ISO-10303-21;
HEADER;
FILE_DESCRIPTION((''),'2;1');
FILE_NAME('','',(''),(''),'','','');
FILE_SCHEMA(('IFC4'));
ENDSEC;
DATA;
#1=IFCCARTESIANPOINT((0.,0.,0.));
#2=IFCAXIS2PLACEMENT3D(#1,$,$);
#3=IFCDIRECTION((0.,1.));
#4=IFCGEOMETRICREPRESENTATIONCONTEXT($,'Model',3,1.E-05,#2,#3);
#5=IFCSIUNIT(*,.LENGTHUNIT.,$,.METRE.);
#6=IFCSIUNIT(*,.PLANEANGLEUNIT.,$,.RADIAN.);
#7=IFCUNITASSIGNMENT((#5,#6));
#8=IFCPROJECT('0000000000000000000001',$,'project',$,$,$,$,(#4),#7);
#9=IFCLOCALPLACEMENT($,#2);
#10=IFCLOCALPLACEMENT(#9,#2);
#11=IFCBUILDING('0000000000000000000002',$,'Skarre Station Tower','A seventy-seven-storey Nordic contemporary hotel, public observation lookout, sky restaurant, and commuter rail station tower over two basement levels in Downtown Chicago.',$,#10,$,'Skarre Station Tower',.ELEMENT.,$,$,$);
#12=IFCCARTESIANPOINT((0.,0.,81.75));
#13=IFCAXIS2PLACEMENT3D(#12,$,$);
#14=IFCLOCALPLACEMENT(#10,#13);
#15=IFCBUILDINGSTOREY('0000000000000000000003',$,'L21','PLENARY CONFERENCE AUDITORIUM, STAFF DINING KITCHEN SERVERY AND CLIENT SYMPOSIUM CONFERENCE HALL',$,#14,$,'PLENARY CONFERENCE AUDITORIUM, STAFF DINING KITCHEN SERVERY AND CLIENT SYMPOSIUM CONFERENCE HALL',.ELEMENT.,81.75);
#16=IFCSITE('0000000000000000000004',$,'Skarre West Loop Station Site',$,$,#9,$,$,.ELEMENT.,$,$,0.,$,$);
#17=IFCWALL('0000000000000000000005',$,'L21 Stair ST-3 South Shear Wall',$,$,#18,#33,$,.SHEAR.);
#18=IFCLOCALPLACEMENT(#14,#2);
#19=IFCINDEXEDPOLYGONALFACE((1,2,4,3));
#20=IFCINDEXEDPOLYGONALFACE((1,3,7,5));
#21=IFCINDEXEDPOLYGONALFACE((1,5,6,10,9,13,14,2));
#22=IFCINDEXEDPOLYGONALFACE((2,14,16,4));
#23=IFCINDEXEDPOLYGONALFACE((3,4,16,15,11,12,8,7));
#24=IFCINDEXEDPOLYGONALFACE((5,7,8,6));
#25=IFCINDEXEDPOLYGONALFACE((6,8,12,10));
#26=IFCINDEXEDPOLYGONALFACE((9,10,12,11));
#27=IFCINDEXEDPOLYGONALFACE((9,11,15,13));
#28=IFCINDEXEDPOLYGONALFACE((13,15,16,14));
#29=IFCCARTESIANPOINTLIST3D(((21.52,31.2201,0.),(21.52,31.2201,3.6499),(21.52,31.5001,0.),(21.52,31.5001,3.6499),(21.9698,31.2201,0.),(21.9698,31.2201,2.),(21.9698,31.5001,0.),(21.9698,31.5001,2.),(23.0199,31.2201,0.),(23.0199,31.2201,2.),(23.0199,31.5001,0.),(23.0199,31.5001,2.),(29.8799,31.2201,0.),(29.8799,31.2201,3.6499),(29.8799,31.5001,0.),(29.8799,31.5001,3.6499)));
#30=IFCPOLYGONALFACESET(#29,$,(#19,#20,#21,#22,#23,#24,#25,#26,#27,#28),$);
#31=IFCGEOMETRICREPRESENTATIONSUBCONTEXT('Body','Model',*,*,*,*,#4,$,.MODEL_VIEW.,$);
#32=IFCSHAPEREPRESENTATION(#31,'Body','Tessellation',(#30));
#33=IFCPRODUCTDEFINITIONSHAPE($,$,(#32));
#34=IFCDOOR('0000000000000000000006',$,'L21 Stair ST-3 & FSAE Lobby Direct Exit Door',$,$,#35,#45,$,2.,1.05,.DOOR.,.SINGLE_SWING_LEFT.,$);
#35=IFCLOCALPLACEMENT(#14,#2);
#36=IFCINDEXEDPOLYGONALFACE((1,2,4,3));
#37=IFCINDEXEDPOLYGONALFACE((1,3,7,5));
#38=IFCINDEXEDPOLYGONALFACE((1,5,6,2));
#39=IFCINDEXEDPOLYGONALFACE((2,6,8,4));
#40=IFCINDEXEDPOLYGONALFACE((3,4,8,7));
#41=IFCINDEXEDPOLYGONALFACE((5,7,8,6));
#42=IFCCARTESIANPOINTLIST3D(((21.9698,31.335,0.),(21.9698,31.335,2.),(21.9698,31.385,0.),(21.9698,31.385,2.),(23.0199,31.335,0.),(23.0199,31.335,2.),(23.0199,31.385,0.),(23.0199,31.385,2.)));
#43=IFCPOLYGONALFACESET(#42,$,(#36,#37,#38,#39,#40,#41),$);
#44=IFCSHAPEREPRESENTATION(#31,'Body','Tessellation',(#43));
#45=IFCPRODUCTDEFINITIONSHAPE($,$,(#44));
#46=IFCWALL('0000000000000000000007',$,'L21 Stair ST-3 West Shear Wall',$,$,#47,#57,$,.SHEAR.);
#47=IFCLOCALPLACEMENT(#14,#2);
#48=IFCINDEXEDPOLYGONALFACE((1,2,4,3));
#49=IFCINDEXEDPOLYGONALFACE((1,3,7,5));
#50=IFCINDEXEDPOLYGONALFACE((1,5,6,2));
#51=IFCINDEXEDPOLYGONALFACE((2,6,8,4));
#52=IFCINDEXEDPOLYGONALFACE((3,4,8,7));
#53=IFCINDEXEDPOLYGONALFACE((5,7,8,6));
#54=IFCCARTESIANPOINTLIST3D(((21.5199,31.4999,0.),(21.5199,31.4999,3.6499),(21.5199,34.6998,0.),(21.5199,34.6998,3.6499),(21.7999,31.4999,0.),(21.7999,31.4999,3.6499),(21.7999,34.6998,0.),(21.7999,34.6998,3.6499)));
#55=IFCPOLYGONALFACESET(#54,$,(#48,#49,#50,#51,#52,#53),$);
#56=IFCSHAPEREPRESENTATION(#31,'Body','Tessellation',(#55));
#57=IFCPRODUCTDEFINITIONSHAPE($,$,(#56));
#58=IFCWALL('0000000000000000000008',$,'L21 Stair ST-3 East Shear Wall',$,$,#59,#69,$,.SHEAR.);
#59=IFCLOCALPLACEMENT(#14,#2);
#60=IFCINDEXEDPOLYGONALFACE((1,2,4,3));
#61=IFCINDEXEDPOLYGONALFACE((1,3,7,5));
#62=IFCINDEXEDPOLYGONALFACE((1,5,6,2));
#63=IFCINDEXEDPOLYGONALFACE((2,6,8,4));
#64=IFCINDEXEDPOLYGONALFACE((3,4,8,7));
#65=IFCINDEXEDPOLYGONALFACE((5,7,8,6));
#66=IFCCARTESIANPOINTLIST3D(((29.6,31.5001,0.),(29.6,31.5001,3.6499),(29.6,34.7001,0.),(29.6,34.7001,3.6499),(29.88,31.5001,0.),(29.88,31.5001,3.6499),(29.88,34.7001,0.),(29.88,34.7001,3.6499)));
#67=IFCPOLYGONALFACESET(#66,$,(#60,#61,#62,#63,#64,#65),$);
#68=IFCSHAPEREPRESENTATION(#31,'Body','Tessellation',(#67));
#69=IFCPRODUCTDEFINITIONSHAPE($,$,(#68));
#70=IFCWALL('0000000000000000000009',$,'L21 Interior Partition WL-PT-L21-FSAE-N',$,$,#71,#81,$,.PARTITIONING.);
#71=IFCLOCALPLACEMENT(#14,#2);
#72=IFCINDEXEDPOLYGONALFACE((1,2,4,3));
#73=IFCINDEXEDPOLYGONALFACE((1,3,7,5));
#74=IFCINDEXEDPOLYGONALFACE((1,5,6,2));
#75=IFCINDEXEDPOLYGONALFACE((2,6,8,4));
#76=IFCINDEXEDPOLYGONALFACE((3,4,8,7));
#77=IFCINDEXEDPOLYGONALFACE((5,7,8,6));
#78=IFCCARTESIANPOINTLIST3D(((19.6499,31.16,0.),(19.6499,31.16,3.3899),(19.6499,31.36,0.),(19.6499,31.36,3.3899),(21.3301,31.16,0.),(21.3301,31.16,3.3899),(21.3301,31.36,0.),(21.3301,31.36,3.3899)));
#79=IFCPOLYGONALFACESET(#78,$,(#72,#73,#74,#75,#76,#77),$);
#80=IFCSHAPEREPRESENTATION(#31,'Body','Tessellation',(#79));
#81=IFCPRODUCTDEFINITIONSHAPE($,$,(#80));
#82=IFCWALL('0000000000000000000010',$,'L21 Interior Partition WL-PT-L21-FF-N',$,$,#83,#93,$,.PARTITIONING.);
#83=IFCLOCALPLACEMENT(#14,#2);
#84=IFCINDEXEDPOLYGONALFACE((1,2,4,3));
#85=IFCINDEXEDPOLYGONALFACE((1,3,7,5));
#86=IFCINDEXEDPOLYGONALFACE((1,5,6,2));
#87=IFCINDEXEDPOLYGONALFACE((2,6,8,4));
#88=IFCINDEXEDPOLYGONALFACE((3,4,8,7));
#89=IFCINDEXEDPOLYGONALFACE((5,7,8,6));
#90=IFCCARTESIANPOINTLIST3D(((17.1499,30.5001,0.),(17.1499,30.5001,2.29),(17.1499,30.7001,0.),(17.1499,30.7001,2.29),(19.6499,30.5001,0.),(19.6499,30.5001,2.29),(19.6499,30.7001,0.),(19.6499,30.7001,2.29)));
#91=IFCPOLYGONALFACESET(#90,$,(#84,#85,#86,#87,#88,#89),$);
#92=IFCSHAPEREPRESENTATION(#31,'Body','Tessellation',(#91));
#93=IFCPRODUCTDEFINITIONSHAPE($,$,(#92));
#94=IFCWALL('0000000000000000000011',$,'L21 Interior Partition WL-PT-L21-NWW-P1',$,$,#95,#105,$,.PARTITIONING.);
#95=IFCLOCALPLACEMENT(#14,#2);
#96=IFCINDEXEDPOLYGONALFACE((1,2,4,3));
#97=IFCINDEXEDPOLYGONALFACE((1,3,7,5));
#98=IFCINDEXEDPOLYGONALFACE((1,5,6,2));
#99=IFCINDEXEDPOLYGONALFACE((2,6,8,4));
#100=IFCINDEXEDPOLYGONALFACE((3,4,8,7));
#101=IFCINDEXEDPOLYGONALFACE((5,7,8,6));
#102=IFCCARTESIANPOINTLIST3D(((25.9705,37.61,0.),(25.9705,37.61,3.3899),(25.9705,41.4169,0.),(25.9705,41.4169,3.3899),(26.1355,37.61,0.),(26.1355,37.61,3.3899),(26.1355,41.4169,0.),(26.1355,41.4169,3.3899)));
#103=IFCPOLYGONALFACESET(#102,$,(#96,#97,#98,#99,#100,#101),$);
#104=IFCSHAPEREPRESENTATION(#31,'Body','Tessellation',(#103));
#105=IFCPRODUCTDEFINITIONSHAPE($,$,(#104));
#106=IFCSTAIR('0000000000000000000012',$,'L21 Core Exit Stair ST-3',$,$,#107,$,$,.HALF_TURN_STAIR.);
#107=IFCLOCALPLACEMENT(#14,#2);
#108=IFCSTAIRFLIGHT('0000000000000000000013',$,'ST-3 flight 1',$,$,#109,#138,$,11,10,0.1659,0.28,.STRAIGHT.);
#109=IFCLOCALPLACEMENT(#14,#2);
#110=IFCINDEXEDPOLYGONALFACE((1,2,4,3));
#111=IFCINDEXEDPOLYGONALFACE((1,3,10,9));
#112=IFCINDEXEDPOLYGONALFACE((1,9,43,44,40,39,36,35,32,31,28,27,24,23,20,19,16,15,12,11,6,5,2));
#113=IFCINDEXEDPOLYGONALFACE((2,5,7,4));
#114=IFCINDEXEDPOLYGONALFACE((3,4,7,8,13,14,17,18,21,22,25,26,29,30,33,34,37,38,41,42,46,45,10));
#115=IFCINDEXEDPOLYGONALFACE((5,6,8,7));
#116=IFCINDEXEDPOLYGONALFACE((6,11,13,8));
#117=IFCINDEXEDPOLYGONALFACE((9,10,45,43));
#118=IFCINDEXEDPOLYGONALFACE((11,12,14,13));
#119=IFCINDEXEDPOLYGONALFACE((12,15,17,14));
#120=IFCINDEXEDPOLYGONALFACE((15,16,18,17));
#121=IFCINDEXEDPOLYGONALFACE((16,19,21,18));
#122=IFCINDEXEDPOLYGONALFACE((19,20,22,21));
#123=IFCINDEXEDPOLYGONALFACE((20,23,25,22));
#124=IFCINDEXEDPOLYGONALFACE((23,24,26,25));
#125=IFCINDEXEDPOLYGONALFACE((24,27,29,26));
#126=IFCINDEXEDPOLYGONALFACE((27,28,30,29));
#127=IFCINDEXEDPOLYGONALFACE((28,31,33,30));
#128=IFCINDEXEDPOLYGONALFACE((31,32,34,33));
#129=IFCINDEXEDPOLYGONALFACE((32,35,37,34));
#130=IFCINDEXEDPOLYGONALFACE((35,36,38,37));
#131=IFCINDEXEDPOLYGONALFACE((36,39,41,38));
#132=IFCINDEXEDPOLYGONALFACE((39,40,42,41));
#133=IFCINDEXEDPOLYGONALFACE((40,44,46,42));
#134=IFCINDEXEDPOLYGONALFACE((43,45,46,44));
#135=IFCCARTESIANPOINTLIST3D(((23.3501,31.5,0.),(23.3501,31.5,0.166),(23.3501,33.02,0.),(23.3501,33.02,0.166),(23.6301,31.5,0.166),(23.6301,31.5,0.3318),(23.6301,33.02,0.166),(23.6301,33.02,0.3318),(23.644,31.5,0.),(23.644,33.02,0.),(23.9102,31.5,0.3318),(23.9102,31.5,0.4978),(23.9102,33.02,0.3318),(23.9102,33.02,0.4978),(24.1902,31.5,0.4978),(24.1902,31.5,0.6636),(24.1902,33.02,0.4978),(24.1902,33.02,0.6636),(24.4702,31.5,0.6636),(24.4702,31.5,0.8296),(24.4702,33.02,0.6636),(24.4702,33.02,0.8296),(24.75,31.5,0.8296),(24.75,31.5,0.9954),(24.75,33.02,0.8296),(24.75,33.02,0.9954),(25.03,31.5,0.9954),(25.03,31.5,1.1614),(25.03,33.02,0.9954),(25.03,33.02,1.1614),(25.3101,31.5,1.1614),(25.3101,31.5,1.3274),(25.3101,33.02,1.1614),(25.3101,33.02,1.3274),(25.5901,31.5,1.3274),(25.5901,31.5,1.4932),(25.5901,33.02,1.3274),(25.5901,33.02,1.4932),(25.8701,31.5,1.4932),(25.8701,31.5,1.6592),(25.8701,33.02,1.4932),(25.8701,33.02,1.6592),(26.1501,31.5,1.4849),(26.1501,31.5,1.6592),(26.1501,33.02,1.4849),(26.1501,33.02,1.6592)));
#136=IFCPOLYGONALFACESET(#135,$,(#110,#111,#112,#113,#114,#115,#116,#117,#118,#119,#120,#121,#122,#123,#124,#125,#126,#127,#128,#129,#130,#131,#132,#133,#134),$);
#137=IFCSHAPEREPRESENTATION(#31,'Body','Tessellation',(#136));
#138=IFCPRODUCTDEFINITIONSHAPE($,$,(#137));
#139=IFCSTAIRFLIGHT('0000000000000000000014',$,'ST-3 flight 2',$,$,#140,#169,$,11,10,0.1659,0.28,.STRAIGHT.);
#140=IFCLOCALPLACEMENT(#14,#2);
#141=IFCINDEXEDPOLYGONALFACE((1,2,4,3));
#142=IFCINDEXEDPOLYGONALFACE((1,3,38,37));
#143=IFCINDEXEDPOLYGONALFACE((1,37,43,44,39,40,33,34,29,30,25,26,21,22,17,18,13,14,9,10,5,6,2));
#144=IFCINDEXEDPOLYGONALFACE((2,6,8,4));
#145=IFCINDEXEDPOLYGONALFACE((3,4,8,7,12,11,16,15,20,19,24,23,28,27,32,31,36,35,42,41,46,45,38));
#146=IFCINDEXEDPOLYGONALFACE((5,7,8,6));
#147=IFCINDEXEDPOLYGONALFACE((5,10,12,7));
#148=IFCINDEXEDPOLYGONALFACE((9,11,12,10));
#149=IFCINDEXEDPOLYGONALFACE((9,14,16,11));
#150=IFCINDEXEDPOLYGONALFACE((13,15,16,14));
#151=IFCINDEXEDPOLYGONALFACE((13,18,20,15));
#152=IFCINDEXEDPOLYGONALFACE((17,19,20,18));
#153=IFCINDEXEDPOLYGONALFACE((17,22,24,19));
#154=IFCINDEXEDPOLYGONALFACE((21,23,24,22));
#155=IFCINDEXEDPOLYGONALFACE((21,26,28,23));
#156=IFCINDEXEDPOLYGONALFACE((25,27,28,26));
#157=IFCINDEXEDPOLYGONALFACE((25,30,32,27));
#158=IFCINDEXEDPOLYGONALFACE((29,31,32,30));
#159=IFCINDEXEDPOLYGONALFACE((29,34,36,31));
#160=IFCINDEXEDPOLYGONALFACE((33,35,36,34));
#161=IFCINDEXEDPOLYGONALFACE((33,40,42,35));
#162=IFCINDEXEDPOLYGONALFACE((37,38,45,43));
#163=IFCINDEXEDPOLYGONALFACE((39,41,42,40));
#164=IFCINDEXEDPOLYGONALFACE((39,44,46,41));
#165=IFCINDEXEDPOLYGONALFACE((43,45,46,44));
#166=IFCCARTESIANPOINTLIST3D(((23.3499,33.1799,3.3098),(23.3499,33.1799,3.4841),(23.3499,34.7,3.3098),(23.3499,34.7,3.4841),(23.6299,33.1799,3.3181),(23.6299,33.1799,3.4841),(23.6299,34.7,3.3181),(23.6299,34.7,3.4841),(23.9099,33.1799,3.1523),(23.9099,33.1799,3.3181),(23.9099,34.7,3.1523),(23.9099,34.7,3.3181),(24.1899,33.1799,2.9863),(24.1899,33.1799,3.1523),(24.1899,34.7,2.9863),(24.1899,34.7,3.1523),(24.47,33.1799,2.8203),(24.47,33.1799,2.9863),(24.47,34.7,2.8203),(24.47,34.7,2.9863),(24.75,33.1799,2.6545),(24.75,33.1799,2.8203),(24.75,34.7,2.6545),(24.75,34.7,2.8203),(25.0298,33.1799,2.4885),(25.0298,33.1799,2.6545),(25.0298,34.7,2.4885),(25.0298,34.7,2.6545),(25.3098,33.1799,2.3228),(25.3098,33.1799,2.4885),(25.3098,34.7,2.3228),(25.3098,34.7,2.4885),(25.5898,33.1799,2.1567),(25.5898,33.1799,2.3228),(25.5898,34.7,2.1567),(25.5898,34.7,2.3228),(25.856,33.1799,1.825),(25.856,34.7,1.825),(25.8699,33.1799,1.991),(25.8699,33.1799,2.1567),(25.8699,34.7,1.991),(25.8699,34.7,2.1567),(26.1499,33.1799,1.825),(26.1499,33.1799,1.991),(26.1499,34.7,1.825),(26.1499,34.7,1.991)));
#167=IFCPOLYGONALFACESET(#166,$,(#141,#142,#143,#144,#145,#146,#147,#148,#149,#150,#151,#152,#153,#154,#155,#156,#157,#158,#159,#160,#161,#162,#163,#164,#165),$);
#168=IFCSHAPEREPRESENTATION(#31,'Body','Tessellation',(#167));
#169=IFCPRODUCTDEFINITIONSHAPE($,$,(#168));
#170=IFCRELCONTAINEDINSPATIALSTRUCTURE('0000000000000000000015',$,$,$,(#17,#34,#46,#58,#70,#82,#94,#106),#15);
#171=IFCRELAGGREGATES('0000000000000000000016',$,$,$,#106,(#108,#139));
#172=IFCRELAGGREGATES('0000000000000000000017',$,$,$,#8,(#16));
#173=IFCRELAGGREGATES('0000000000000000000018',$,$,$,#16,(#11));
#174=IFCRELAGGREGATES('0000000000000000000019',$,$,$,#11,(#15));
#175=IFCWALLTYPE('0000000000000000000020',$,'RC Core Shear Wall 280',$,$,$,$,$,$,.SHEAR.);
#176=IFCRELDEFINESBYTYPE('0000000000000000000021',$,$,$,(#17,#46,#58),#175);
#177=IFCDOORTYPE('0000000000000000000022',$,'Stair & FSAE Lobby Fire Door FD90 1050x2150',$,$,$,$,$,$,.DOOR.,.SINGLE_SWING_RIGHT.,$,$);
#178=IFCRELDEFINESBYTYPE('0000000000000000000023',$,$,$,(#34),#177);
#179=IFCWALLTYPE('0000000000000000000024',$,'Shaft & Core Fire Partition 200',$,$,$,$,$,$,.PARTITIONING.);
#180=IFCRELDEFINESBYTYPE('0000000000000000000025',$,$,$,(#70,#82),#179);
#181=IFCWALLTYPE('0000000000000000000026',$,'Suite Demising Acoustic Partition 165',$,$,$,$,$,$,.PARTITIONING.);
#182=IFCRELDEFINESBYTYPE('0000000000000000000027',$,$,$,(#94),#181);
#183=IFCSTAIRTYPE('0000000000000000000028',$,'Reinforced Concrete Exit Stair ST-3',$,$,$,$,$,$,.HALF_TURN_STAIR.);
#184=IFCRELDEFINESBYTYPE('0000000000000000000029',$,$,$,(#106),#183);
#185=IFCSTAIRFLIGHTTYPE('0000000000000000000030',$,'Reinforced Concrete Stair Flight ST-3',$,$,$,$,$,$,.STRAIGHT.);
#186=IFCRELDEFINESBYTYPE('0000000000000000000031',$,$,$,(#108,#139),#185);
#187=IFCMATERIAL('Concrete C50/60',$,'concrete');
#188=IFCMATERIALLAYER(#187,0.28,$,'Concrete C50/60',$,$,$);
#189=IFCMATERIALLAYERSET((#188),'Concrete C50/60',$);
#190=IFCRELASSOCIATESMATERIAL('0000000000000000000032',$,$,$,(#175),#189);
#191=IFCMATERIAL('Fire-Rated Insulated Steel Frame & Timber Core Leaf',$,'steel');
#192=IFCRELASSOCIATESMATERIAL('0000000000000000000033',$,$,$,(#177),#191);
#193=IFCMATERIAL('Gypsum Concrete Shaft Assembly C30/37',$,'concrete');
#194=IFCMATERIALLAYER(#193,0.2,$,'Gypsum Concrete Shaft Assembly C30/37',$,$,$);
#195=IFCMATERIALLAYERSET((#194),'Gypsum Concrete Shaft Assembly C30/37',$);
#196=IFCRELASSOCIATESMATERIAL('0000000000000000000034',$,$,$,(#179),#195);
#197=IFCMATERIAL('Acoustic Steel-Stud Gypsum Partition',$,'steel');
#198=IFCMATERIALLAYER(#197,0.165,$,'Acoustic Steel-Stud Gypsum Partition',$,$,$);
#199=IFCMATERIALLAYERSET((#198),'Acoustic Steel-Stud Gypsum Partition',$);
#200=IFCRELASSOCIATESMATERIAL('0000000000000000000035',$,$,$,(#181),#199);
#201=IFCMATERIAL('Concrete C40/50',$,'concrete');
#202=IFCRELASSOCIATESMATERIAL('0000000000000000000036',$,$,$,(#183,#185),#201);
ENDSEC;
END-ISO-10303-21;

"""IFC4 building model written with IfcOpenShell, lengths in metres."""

from ifc_helpers import new_model, si_unit, direction, frame, frame_2d, origin, place, context, subcontext, project, spatial, polyline, rectangle, outline, extrude, material, layer, layer_set, type_object, element, fill, aggregate, save


model = new_model("IFC4")

# Units and contexts
model_context = context("Model", 3, precision=1e-05, world=origin(), true_north=direction((0.0, 1.0)))
body_context = subcontext(model_context, "Body", "Model", "MODEL_VIEW")
ifc_project = project(units=[si_unit("LENGTHUNIT", "METRE"), si_unit("PLANEANGLEUNIT", "RADIAN")], contexts=[model_context])

# Site, building, storey
site_placement = place(None, origin())
site = spatial("IfcSite", under=ifc_project, at=site_placement, Name="Skarre West Loop Station Site", CompositionType="ELEMENT", RefElevation=0.0)
building_placement = place(site_placement, origin())
building = spatial("IfcBuilding", under=site, at=building_placement, Name="Skarre Station Tower", Description="A seventy-seven-storey Nordic contemporary hotel, public observation lookout, sky restaurant, and commuter rail station tower over two basement levels in Downtown Chicago.", LongName="Skarre Station Tower", CompositionType="ELEMENT")
storey_placement = place(building_placement, frame((0.0, 0.0, 81.75)))
storey = spatial("IfcBuildingStorey", under=building, at=storey_placement, Name="L21", Description="PLENARY CONFERENCE AUDITORIUM, STAFF DINING KITCHEN SERVERY AND CLIENT SYMPOSIUM CONFERENCE HALL", LongName="PLENARY CONFERENCE AUDITORIUM, STAFF DINING KITCHEN SERVERY AND CLIENT SYMPOSIUM CONFERENCE HALL", CompositionType="ELEMENT", Elevation=81.75)

# Shared definitions
ifc_material_1 = material(Name="Acoustic Steel-Stud Gypsum Partition", Category="steel")

# Wall, opening, door
ifc_material_2 = material(Name="Concrete C50/60", Category="concrete")
ifc_layer_1 = layer(ifc_material_2, 0.28, Name="Concrete C50/60")
ifc_layer_set_1 = layer_set([ifc_layer_1], Name="Concrete C50/60")
wall_type_1 = type_object("IfcWallType", Name="RC Core Shear Wall 280", PredefinedType="SHEAR", material=ifc_layer_set_1)
wall_1_placement = place(storey_placement, frame((21.52, 31.3601, 0.0), z_axis=(0.0, 0.0, 1.0), x_axis=(1.0, 0.0, 0.0)))
wall_1 = element("IfcWall", 1, at=wall_1_placement, inside=storey, type_object=wall_type_1, Name="L21 Stair ST-3 South Shear Wall", PredefinedType="SHEAR", context=body_context, shape_type="SweptSolid", body=[
    extrude(rectangle(XDim=8.3599, YDim=0.28, at=frame_2d((4.1799, 0.0))), origin(), (0.0, 0.0, 1.0), 3.6499),
])
opening_1_placement = place(wall_1_placement, frame((0.45, 0.0, 0.0)))
opening_1 = element("IfcOpeningElement", 2, at=opening_1_placement, cuts=wall_1, PredefinedType="OPENING", context=body_context, shape_type="SweptSolid", body=[
    extrude(rectangle(XDim=1.05, YDim=2.0, at=frame_2d((0.5249, 1.0))), frame((0.0, 0.1499, 0.0), z_axis=(0.0, -1.0, 0.0), x_axis=(1.0, 0.0, 0.0)), (0.0, 0.0, 1.0), 0.3),
])
ifc_material_3 = material(Name="Fire-Rated Insulated Steel Frame & Timber Core Leaf", Category="steel")
door_type_1 = type_object("IfcDoorType", Name="Stair & FSAE Lobby Fire Door FD90 1050x2150", OperationType="SINGLE_SWING_RIGHT", PredefinedType="DOOR", material=ifc_material_3)
door_1_placement = place(opening_1_placement, origin())
door_1 = element("IfcDoor", 3, at=door_1_placement, inside=storey, type_object=door_type_1, Name="L21 Stair ST-3 & FSAE Lobby Direct Exit Door", OperationType="SINGLE_SWING_LEFT", OverallHeight=2.0, OverallWidth=1.05, PredefinedType="DOOR", context=body_context, shape_type="SweptSolid", body=[
    extrude(rectangle(XDim=1.05, YDim=2.0, at=frame_2d((0.5249, 1.0))), frame((0.0, 0.0249, 0.0), z_axis=(0.0, -1.0, 0.0), x_axis=(1.0, 0.0, 0.0)), (0.0, 0.0, 1.0), 0.05),
])
fill(opening_1, door_1)

# Walls
for number, where, z_axis, x_axis, name in (
    (4, (21.6599, 34.7, 0.0), (0.0, 0.0, 1.0), (0.0, -1.0, 0.0), "L21 Stair ST-3 West Shear Wall"),
    (5, (29.74, 31.5, 0.0), (0.0, 0.0, 1.0), (0.0, 1.0, 0.0), "L21 Stair ST-3 East Shear Wall"),
):
    element("IfcWall", number, at=place(storey_placement, frame(where, z_axis=z_axis, x_axis=x_axis)), inside=storey, type_object=wall_type_1, Name=name, PredefinedType="SHEAR", context=body_context, shape_type="SweptSolid", body=[
        extrude(rectangle(XDim=3.2, YDim=0.28, at=frame_2d((1.6001, 0.0))), origin(), (0.0, 0.0, 1.0), 3.6499),
    ])
ifc_material_4 = material(Name="Gypsum Concrete Shaft Assembly C30/37", Category="concrete")
ifc_layer_2 = layer(ifc_material_4, 0.2, Name="Gypsum Concrete Shaft Assembly C30/37")
ifc_layer_set_2 = layer_set([ifc_layer_2], Name="Gypsum Concrete Shaft Assembly C30/37")
wall_type_2 = type_object("IfcWallType", Name="Shaft & Core Fire Partition 200", PredefinedType="PARTITIONING", material=ifc_layer_set_2)
wall_2_placement = place(storey_placement, frame((21.3301, 31.26, 0.0), z_axis=(0.0, 0.0, 1.0), x_axis=(-1.0, 0.0, 0.0)))
element("IfcWall", 6, at=wall_2_placement, inside=storey, type_object=wall_type_2, Name="L21 Interior Partition WL-PT-L21-FSAE-N", PredefinedType="PARTITIONING", context=body_context, shape_type="SweptSolid", body=[
    extrude(rectangle(XDim=1.6802, YDim=0.2, at=frame_2d((0.8401, 0.0))), origin(), (0.0, 0.0, 1.0), 3.3899),
])
wall_3_placement = place(storey_placement, frame((19.6499, 30.6001, 0.0), z_axis=(0.0, 0.0, 1.0), x_axis=(-1.0, 0.0, 0.0)))
element("IfcWall", 7, at=wall_3_placement, inside=storey, type_object=wall_type_2, Name="L21 Interior Partition WL-PT-L21-FF-N", PredefinedType="PARTITIONING", context=body_context, shape_type="SweptSolid", body=[
    extrude(rectangle(XDim=2.5, YDim=0.2, at=frame_2d((1.25, 0.0))), origin(), (0.0, 0.0, 1.0), 2.29),
])
ifc_layer_3 = layer(ifc_material_1, 0.165, Name="Acoustic Steel-Stud Gypsum Partition")
ifc_layer_set_3 = layer_set([ifc_layer_3], Name="Acoustic Steel-Stud Gypsum Partition")
wall_type_3 = type_object("IfcWallType", Name="Suite Demising Acoustic Partition 165", PredefinedType="PARTITIONING", material=ifc_layer_set_3)
wall_4_placement = place(storey_placement, frame((26.053, 37.6101, 0.0), z_axis=(0.0, 0.0, 1.0), x_axis=(0.0, 1.0, 0.0)))
element("IfcWall", 8, at=wall_4_placement, inside=storey, type_object=wall_type_3, Name="L21 Interior Partition WL-PT-L21-NWW-P1", PredefinedType="PARTITIONING", context=body_context, shape_type="SweptSolid", body=[
    extrude(rectangle(XDim=3.8069, YDim=0.165, at=frame_2d((1.9033, 0.0))), origin(), (0.0, 0.0, 1.0), 3.3899),
])

# Stair, stair flights
ifc_material_5 = material(Name="Concrete C40/50", Category="concrete")
stair_type = type_object("IfcStairType", Name="Reinforced Concrete Exit Stair ST-3", PredefinedType="HALF_TURN_STAIR", material=ifc_material_5)
stair_placement = place(storey_placement, origin())
stair = element("IfcStair", 9, at=stair_placement, inside=storey, type_object=stair_type, Name="L21 Core Exit Stair ST-3", PredefinedType="HALF_TURN_STAIR")
stair_flight_type = type_object("IfcStairFlightType", Name="Reinforced Concrete Stair Flight ST-3", PredefinedType="STRAIGHT", material=ifc_material_5)
stair_flight_1_placement = place(storey_placement, frame((23.3501, 32.26, 0.0), z_axis=(0.0, 0.0, 1.0), x_axis=(1.0, 0.0, 0.0)))
stair_flight_1 = element("IfcStairFlight", 10, at=stair_flight_1_placement, type_object=stair_flight_type, Name="ST-3 flight 1", NumberOfRisers=11, NumberOfTreads=10, PredefinedType="STRAIGHT", RiserHeight=0.1659, TreadLength=0.28, context=body_context, shape_type="SweptSolid", body=[
    extrude(outline(polyline([(0.0, 0.0), (0.0, 0.166), (0.28, 0.166), (0.28, 0.3318), (0.5601, 0.3318), (0.5601, 0.4978), (0.8401, 0.4978), (0.8401, 0.6636), (1.1201, 0.6636), (1.1201, 0.8296), (1.3999, 0.8296), (1.3999, 0.9954), (1.6799, 0.9954), (1.6799, 1.1614), (1.96, 1.1614), (1.96, 1.3274), (2.24, 1.3274), (2.24, 1.4932), (2.52, 1.4932), (2.52, 1.6592), (2.8, 1.6592), (2.8, 1.825), (2.8, 1.4849), (0.2939, 0.0), (0.0, 0.0)])), frame((0.0, 0.76, 0.0), z_axis=(0.0, -1.0, 0.0), x_axis=(1.0, 0.0, 0.0)), (0.0, 0.0, 1.0), 1.52),
])
stair_flight_2_placement = place(storey_placement, frame((26.1499, 33.9399, 1.825), z_axis=(0.0, 0.0, 1.0), x_axis=(-1.0, 0.0, 0.0)))
stair_flight_2 = element("IfcStairFlight", 11, at=stair_flight_2_placement, type_object=stair_flight_type, Name="ST-3 flight 2", NumberOfRisers=11, NumberOfTreads=10, PredefinedType="STRAIGHT", RiserHeight=0.1659, TreadLength=0.28, context=body_context, shape_type="SweptSolid", body=[
    extrude(outline(polyline([(0.0, 0.0), (0.0, 0.166), (0.28, 0.166), (0.28, 0.3318), (0.5601, 0.3318), (0.5601, 0.4978), (0.8401, 0.4978), (0.8401, 0.6636), (1.1201, 0.6636), (1.1201, 0.8296), (1.3999, 0.8296), (1.3999, 0.9954), (1.6799, 0.9954), (1.6799, 1.1614), (1.96, 1.1614), (1.96, 1.3274), (2.24, 1.3274), (2.24, 1.4932), (2.52, 1.4932), (2.52, 1.6592), (2.8, 1.6592), (2.8, 1.825), (2.8, 1.4849), (0.2939, 0.0), (0.0, 0.0)])), frame((0.0, 0.76, 0.0), z_axis=(0.0, -1.0, 0.0), x_axis=(1.0, 0.0, 0.0)), (0.0, 0.0, 1.0), 1.52),
])
aggregate(stair, [stair_flight_1, stair_flight_2])

save(model, "model.ifc")
